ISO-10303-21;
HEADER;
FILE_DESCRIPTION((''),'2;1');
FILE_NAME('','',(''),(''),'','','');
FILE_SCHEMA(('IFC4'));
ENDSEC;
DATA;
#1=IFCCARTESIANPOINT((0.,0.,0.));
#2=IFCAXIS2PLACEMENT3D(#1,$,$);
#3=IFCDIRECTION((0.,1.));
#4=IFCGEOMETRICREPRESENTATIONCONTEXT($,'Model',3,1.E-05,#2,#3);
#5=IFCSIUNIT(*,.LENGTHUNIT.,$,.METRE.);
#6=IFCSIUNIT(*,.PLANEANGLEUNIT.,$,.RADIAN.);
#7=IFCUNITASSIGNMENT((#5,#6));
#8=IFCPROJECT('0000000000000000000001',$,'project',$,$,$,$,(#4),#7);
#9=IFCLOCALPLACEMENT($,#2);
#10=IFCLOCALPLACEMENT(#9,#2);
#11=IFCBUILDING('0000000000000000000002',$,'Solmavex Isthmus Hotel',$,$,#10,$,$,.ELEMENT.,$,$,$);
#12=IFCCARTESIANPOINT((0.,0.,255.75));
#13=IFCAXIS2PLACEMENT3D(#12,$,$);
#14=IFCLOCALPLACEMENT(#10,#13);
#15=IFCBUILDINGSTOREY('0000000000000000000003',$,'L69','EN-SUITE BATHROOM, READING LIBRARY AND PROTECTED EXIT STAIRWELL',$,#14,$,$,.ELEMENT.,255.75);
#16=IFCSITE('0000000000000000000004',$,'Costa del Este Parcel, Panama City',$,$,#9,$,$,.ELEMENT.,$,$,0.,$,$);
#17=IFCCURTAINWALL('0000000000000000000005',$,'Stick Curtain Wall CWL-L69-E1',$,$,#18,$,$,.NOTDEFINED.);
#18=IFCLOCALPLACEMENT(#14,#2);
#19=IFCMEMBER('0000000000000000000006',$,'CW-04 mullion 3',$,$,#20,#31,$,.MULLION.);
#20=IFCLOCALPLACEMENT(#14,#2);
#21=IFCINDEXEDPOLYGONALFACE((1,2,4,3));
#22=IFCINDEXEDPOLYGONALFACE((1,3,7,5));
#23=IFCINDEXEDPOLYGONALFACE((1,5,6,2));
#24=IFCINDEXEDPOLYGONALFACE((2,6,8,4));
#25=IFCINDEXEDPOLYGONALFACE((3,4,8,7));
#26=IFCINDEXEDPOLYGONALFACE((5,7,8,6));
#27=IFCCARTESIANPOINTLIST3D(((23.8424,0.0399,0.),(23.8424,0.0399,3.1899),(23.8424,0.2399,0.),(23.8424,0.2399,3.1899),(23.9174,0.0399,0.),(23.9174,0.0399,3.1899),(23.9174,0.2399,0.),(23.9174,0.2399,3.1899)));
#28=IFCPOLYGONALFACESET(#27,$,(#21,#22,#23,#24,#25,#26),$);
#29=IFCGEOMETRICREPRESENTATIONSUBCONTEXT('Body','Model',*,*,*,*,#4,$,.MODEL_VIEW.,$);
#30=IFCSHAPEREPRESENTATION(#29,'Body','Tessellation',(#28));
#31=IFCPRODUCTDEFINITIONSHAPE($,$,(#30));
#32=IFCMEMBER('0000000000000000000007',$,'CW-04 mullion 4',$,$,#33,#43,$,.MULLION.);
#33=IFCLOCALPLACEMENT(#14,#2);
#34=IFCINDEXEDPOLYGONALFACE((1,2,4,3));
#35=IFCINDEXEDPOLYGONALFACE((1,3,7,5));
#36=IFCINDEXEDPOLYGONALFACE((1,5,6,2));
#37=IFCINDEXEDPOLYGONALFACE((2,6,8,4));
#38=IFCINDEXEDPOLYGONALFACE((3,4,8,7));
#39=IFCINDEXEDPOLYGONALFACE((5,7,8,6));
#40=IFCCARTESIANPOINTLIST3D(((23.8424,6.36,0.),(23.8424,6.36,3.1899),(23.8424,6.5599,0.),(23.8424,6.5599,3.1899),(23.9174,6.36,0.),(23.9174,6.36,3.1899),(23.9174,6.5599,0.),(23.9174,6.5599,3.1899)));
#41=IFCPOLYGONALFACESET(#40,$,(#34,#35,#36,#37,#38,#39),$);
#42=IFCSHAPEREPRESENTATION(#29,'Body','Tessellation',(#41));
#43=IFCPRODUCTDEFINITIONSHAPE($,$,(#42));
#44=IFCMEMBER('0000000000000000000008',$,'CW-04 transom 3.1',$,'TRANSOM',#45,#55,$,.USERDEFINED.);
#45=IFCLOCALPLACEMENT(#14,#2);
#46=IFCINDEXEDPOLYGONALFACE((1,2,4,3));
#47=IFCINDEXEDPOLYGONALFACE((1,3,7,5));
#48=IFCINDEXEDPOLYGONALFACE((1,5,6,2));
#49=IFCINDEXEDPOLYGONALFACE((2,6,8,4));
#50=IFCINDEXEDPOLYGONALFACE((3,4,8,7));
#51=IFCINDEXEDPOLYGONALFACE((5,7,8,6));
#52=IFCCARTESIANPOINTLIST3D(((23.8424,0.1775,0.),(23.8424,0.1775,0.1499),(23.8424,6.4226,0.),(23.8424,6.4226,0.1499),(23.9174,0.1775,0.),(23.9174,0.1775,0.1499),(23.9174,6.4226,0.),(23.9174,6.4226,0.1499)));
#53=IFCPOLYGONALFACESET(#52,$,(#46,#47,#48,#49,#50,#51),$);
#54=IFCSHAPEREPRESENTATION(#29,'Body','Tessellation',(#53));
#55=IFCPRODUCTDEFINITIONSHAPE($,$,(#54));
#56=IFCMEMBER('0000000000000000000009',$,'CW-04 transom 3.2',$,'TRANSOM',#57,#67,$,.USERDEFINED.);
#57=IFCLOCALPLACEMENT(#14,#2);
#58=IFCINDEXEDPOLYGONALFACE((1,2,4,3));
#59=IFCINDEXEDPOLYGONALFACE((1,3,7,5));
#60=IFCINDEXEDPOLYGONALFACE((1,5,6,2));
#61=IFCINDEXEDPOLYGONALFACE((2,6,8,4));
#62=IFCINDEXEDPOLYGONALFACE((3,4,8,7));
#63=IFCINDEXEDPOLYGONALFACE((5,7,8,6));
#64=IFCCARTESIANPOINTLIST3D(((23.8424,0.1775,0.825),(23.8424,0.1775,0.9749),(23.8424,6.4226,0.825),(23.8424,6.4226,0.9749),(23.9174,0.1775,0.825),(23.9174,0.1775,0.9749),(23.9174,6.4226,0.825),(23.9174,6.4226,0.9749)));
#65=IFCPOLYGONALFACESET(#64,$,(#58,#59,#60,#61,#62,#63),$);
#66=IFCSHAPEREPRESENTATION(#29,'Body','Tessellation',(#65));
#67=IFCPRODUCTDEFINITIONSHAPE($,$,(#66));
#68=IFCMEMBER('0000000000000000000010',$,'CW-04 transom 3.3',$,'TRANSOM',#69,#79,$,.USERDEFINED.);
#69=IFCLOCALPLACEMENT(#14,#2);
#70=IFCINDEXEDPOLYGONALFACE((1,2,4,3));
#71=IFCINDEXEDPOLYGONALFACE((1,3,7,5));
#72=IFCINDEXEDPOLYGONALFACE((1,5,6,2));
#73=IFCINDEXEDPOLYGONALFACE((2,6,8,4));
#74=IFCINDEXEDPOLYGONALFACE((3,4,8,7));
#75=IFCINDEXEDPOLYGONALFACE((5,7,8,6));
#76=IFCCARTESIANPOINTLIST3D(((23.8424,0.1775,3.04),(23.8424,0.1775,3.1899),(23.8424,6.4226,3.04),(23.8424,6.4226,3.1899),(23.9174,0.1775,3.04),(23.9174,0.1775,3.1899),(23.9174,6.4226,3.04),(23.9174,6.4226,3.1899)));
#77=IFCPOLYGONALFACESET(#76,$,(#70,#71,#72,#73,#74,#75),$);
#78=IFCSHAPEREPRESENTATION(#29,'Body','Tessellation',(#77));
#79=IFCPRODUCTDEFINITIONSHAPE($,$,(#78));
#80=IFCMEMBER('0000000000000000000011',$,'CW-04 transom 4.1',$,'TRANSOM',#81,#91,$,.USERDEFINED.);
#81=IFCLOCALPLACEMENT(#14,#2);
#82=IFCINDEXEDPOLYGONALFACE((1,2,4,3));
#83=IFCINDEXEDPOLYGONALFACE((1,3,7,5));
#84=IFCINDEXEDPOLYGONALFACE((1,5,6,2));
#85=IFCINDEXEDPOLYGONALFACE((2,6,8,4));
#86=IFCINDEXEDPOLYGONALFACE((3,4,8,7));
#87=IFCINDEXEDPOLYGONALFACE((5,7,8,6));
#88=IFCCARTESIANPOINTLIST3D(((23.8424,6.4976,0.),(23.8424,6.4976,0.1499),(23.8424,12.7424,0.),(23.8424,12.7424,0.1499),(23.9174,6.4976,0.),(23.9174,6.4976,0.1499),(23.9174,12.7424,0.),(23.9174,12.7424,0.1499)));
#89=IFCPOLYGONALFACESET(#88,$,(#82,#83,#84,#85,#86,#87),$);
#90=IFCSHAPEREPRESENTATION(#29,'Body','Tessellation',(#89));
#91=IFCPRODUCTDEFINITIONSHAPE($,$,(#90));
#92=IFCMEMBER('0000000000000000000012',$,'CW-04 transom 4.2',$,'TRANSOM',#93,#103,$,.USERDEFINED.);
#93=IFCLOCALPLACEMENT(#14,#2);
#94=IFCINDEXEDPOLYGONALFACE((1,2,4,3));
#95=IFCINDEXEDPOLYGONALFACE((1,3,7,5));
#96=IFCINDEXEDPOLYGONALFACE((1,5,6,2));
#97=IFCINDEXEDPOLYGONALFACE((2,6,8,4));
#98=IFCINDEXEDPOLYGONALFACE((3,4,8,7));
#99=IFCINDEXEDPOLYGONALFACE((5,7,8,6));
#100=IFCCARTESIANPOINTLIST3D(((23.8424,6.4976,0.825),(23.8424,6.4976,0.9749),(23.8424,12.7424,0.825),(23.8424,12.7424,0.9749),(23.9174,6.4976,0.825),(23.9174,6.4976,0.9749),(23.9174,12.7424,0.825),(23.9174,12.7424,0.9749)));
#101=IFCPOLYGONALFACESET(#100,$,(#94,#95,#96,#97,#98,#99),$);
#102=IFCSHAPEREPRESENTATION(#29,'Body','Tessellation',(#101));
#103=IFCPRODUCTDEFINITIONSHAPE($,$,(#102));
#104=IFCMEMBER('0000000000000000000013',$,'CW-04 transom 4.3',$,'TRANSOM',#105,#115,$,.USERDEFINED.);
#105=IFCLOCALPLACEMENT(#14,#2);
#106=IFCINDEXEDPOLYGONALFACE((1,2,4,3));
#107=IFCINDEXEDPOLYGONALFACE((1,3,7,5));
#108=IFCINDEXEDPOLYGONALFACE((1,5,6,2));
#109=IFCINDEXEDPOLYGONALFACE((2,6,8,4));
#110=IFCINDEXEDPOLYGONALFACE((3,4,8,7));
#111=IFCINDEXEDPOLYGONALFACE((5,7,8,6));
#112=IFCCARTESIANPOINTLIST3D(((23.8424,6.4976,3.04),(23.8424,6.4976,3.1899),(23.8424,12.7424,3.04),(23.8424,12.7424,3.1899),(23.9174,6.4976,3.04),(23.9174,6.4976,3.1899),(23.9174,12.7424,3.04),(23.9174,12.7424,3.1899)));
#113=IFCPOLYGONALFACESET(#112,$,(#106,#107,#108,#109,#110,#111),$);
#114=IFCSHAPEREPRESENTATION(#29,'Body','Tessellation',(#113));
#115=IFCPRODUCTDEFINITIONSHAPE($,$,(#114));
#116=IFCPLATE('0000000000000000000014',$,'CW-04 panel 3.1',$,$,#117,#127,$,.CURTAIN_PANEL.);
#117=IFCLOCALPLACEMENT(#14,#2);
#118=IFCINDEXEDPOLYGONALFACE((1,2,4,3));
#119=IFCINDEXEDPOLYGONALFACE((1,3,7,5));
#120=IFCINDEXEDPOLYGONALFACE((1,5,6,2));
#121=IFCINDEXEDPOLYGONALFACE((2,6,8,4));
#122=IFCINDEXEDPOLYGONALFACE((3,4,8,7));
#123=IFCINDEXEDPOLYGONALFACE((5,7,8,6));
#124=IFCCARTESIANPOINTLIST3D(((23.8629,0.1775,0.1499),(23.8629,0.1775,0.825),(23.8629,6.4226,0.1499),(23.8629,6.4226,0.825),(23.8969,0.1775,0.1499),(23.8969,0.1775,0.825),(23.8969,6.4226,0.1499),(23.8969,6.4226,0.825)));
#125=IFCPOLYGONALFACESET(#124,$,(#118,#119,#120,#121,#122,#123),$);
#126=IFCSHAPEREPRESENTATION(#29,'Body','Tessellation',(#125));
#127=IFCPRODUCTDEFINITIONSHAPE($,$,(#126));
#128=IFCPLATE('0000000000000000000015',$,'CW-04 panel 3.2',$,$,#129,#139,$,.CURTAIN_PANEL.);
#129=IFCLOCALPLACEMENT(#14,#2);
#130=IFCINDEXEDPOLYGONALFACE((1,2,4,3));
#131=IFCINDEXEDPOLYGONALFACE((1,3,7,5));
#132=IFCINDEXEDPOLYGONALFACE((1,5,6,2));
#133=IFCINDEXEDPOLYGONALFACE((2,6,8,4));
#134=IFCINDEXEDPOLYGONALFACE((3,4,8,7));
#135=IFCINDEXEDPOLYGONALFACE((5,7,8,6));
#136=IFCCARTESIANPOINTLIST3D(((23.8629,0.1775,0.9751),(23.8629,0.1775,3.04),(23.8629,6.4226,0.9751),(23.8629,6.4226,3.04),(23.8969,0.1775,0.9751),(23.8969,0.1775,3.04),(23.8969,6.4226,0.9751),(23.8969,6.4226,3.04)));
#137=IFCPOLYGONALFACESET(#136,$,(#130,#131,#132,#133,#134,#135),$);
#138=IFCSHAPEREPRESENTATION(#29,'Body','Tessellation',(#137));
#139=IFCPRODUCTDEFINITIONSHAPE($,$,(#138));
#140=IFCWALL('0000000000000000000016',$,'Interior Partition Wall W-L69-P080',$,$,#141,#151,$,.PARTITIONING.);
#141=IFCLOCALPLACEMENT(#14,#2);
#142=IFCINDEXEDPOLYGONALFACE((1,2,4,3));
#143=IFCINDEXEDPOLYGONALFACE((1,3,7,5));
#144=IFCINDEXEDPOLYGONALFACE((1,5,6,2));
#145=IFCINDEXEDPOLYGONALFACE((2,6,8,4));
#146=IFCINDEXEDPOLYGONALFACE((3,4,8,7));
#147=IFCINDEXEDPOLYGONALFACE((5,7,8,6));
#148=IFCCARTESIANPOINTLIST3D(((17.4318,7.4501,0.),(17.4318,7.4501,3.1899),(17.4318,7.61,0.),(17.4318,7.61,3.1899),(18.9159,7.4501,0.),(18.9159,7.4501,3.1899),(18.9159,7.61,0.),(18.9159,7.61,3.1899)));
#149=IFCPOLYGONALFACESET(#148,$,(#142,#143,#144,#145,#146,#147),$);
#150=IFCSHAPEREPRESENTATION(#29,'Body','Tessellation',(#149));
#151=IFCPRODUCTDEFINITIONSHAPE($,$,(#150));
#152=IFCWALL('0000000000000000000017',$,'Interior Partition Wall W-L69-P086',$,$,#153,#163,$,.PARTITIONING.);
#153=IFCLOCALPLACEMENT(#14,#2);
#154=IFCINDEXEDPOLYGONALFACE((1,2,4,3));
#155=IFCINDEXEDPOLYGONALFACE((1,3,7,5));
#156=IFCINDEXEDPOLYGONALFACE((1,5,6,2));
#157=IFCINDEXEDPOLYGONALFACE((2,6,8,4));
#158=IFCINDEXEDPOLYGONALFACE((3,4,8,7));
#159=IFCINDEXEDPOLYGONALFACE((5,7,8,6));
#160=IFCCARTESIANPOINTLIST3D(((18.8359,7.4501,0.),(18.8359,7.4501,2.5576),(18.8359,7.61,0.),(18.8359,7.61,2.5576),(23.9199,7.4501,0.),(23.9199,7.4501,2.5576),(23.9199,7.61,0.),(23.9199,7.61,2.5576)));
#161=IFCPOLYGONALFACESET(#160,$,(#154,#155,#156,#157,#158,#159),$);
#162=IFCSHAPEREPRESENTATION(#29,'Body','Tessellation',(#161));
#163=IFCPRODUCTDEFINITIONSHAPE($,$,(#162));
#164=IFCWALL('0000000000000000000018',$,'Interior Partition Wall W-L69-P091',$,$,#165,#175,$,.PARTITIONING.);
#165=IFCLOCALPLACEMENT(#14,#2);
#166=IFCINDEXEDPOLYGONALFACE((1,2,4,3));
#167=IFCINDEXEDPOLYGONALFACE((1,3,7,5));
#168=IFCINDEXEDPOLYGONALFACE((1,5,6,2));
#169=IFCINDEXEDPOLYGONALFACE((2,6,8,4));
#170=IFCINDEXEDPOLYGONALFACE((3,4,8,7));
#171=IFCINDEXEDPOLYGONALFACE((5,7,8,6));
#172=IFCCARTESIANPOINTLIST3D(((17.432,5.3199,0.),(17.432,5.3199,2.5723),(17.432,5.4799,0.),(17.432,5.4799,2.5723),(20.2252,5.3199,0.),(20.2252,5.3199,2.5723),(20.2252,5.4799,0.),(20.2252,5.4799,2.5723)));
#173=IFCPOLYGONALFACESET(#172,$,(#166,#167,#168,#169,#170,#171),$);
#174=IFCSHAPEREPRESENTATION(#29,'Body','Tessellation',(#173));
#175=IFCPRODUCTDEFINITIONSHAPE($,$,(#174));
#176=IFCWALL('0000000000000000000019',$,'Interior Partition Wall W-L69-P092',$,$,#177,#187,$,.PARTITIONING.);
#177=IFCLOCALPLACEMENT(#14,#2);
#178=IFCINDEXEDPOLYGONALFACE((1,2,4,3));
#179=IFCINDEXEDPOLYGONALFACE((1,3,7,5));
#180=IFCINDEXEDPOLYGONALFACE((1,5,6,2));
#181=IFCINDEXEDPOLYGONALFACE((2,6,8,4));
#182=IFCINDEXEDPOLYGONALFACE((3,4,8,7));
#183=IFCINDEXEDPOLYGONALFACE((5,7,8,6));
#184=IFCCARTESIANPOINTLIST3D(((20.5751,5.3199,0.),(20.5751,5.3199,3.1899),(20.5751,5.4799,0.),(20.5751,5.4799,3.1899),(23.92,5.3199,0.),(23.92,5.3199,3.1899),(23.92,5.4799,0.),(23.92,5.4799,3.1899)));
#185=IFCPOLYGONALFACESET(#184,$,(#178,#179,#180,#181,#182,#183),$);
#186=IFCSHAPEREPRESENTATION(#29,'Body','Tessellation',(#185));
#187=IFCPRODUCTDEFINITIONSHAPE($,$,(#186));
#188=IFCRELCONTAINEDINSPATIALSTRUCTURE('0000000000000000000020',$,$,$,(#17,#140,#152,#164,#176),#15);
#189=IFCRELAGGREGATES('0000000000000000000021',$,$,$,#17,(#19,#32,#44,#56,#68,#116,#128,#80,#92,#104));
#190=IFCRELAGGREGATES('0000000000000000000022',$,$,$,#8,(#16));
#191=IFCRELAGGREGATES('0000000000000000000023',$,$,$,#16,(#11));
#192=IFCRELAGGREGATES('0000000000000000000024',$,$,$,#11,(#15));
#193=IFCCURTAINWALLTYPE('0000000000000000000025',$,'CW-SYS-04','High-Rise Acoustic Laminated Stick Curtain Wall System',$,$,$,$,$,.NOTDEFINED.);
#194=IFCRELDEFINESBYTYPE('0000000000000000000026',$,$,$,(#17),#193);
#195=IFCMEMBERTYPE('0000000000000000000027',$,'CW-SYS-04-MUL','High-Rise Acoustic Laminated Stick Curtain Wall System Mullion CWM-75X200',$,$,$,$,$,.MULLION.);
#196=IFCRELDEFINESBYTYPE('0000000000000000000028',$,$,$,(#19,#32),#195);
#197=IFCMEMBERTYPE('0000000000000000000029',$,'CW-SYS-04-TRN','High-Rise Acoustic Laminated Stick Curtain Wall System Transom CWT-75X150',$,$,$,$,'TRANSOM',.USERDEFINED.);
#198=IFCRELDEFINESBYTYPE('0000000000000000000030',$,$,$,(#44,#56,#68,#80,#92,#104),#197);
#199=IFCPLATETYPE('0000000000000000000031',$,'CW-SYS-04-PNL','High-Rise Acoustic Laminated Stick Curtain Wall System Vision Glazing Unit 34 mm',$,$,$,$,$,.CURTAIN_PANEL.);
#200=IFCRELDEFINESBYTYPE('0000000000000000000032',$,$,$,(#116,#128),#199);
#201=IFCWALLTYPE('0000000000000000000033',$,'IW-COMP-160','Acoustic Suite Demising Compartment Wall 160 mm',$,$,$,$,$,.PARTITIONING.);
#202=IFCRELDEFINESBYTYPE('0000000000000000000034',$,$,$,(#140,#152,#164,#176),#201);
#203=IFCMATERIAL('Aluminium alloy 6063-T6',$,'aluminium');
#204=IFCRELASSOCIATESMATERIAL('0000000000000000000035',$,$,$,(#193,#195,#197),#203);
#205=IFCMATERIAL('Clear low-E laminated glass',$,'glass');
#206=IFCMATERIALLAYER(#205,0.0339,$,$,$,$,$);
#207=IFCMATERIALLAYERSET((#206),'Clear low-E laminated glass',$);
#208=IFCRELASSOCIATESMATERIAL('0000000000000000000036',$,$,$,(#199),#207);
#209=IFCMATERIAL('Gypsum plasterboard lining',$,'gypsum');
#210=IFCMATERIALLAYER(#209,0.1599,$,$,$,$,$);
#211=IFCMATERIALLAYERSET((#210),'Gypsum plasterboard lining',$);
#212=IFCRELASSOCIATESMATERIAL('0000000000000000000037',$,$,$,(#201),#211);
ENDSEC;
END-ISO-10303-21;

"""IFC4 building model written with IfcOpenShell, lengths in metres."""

from ifc_helpers import new_model, si_unit, direction, frame, frame_2d, origin, origin_2d, place, context, subcontext, project, spatial, rectangle, extrude, material, layer, layer_set, material_profile, profile_set, type_object, element, aggregate, save


model = new_model("IFC4")

# Units and contexts
model_context = context("Model", 3, precision=1e-05, world=origin(), true_north=direction((0.0, 1.0)))
body_context = subcontext(model_context, "Body", "Model", "MODEL_VIEW")
ifc_project = project(units=[si_unit("LENGTHUNIT", "METRE"), si_unit("PLANEANGLEUNIT", "RADIAN")], contexts=[model_context])

# Site, building, storey
site_placement = place(None, origin())
site = spatial("IfcSite", under=ifc_project, at=site_placement, Name="Costa del Este Parcel, Panama City", CompositionType="ELEMENT", RefElevation=0.0)
building_placement = place(site_placement, origin())
building = spatial("IfcBuilding", under=site, at=building_placement, Name="Solmavex Isthmus Hotel", CompositionType="ELEMENT")
storey_placement = place(building_placement, frame((0.0, 0.0, 255.75)))
storey = spatial("IfcBuildingStorey", under=building, at=storey_placement, Name="L69", Description="EN-SUITE BATHROOM, READING LIBRARY AND PROTECTED EXIT STAIRWELL", CompositionType="ELEMENT", Elevation=255.75)

# Curtain wall, members, plates
ifc_material_1 = material(Name="Aluminium alloy 6063-T6", Category="aluminium")
curtain_wall_type = type_object("IfcCurtainWallType", Name="CW-SYS-04", Description="High-Rise Acoustic Laminated Stick Curtain Wall System", PredefinedType="NOTDEFINED", material=ifc_material_1)
curtain_wall_placement = place(storey_placement, origin())
curtain_wall = element("IfcCurtainWall", 1, at=curtain_wall_placement, inside=storey, type_object=curtain_wall_type, Name="Stick Curtain Wall CWL-L69-E1", PredefinedType="NOTDEFINED")
ifc_material_profile_1 = material_profile(ifc_material_1, rectangle(XDim=0.075, YDim=0.2, at=origin_2d()), Name="CWM-75X200")
ifc_profile_set_1 = profile_set([ifc_material_profile_1], Name="Aluminium alloy 6063-T6")
member_type_1 = type_object("IfcMemberType", Name="CW-SYS-04-MUL", Description="High-Rise Acoustic Laminated Stick Curtain Wall System Mullion CWM-75X200", PredefinedType="MULLION", material=ifc_profile_set_1)
member_1_placement = place(storey_placement, frame((23.8799, 0.1399, 0.0), z_axis=(0.0, 0.0, 1.0), x_axis=(-1.0, 0.0, 0.0)))
member_1 = element("IfcMember", 2, at=member_1_placement, type_object=member_type_1, Name="CW-04 mullion 3", PredefinedType="MULLION", context=body_context, shape_type="SweptSolid", body=[
    extrude(rectangle(XDim=0.075, YDim=0.2, at=origin_2d()), origin(), (0.0, 0.0, 1.0), 3.1899),
])
member_2_placement = place(storey_placement, frame((23.8799, 6.46, 0.0), z_axis=(0.0, 0.0, 1.0), x_axis=(-1.0, 0.0, 0.0)))
member_2 = element("IfcMember", 3, at=member_2_placement, type_object=member_type_1, Name="CW-04 mullion 4", PredefinedType="MULLION", context=body_context, shape_type="SweptSolid", body=[
    extrude(rectangle(XDim=0.075, YDim=0.2, at=origin_2d()), origin(), (0.0, 0.0, 1.0), 3.1899),
])
ifc_material_profile_2 = material_profile(ifc_material_1, rectangle(XDim=0.075, YDim=0.1499, at=origin_2d()), Name="CWT-75X150")
ifc_profile_set_2 = profile_set([ifc_material_profile_2], Name="Aluminium alloy 6063-T6")
member_type_2 = type_object("IfcMemberType", Name="CW-SYS-04-TRN", Description="High-Rise Acoustic Laminated Stick Curtain Wall System Transom CWT-75X150", ElementType="TRANSOM", PredefinedType="USERDEFINED", material=ifc_profile_set_2)
member_3_placement = place(storey_placement, frame((23.8799, 0.1775, 0.075), z_axis=(0.0, 1.0, 0.0), x_axis=(-1.0, 0.0, 0.0)))
member_3 = element("IfcMember", 4, at=member_3_placement, type_object=member_type_2, Name="CW-04 transom 3.1", ObjectType="TRANSOM", PredefinedType="USERDEFINED", context=body_context, shape_type="SweptSolid", body=[
    extrude(rectangle(XDim=0.075, YDim=0.1499, at=origin_2d()), origin(), (0.0, 0.0, 1.0), 6.2451),
])
member_4_placement = place(storey_placement, frame((23.8799, 0.1775, 0.8999), z_axis=(0.0, 1.0, 0.0), x_axis=(-1.0, 0.0, 0.0)))
member_4 = element("IfcMember", 5, at=member_4_placement, type_object=member_type_2, Name="CW-04 transom 3.2", ObjectType="TRANSOM", PredefinedType="USERDEFINED", context=body_context, shape_type="SweptSolid", body=[
    extrude(rectangle(XDim=0.075, YDim=0.1499, at=origin_2d()), origin(), (0.0, 0.0, 1.0), 6.2451),
])
member_5_placement = place(storey_placement, frame((23.8799, 0.1775, 3.115), z_axis=(0.0, 1.0, 0.0), x_axis=(-1.0, 0.0, 0.0)))
member_5 = element("IfcMember", 6, at=member_5_placement, type_object=member_type_2, Name="CW-04 transom 3.3", ObjectType="TRANSOM", PredefinedType="USERDEFINED", context=body_context, shape_type="SweptSolid", body=[
    extrude(rectangle(XDim=0.075, YDim=0.1499, at=origin_2d()), origin(), (0.0, 0.0, 1.0), 6.2451),
])
member_6_placement = place(storey_placement, frame((23.8799, 6.4976, 0.075), z_axis=(0.0, 1.0, 0.0), x_axis=(-1.0, 0.0, 0.0)))
member_6 = element("IfcMember", 7, at=member_6_placement, type_object=member_type_2, Name="CW-04 transom 4.1", ObjectType="TRANSOM", PredefinedType="USERDEFINED", context=body_context, shape_type="SweptSolid", body=[
    extrude(rectangle(XDim=0.075, YDim=0.1499, at=origin_2d()), origin(), (0.0, 0.0, 1.0), 6.2449),
])
member_7_placement = place(storey_placement, frame((23.8799, 6.4976, 0.8999), z_axis=(0.0, 1.0, 0.0), x_axis=(-1.0, 0.0, 0.0)))
member_7 = element("IfcMember", 8, at=member_7_placement, type_object=member_type_2, Name="CW-04 transom 4.2", ObjectType="TRANSOM", PredefinedType="USERDEFINED", context=body_context, shape_type="SweptSolid", body=[
    extrude(rectangle(XDim=0.075, YDim=0.1499, at=origin_2d()), origin(), (0.0, 0.0, 1.0), 6.2449),
])
member_8_placement = place(storey_placement, frame((23.8799, 6.4976, 3.115), z_axis=(0.0, 1.0, 0.0), x_axis=(-1.0, 0.0, 0.0)))
member_8 = element("IfcMember", 9, at=member_8_placement, type_object=member_type_2, Name="CW-04 transom 4.3", ObjectType="TRANSOM", PredefinedType="USERDEFINED", context=body_context, shape_type="SweptSolid", body=[
    extrude(rectangle(XDim=0.075, YDim=0.1499, at=origin_2d()), origin(), (0.0, 0.0, 1.0), 6.2449),
])
ifc_material_2 = material(Name="Clear low-E laminated glass", Category="glass")
ifc_layer_1 = layer(ifc_material_2, 0.0339)
ifc_layer_set_1 = layer_set([ifc_layer_1], Name="Clear low-E laminated glass")
plate_type = type_object("IfcPlateType", Name="CW-SYS-04-PNL", Description="High-Rise Acoustic Laminated Stick Curtain Wall System Vision Glazing Unit 34 mm", PredefinedType="CURTAIN_PANEL", material=ifc_layer_set_1)
plate_1_placement = place(storey_placement, frame((23.8799, 3.3, 0.1499), z_axis=(0.0, 0.0, 1.0), x_axis=(0.0, 1.0, 0.0)))
plate_1 = element("IfcPlate", 10, at=plate_1_placement, type_object=plate_type, Name="CW-04 panel 3.1", PredefinedType="CURTAIN_PANEL", context=body_context, shape_type="SweptSolid", body=[
    extrude(rectangle(XDim=6.2451, YDim=0.0339, at=origin_2d()), origin(), (0.0, 0.0, 1.0), 0.675),
])
plate_2_placement = place(storey_placement, frame((23.8799, 3.3, 0.9751), z_axis=(0.0, 0.0, 1.0), x_axis=(0.0, 1.0, 0.0)))
plate_2 = element("IfcPlate", 11, at=plate_2_placement, type_object=plate_type, Name="CW-04 panel 3.2", PredefinedType="CURTAIN_PANEL", context=body_context, shape_type="SweptSolid", body=[
    extrude(rectangle(XDim=6.2451, YDim=0.0339, at=origin_2d()), origin(), (0.0, 0.0, 1.0), 2.0649),
])
aggregate(curtain_wall, [member_1, member_2, member_3, member_4, member_5, plate_1, plate_2, member_6, member_7, member_8])

# Walls
ifc_material_3 = material(Name="Gypsum plasterboard lining", Category="gypsum")
ifc_layer_2 = layer(ifc_material_3, 0.1599)
ifc_layer_set_2 = layer_set([ifc_layer_2], Name="Gypsum plasterboard lining")
wall_type_1 = type_object("IfcWallType", Name="IW-COMP-160", Description="Acoustic Suite Demising Compartment Wall 160 mm", PredefinedType="PARTITIONING", material=ifc_layer_set_2)
wall_1_placement = place(storey_placement, frame((18.916, 7.53, 0.0), z_axis=(0.0, 0.0, 1.0), x_axis=(-1.0, 0.0, 0.0)))
element("IfcWall", 12, at=wall_1_placement, inside=storey, type_object=wall_type_1, Name="Interior Partition Wall W-L69-P080", PredefinedType="PARTITIONING", context=body_context, shape_type="SweptSolid", body=[
    extrude(rectangle(XDim=1.4841, YDim=0.1599, at=frame_2d((0.7422, 0.0))), origin(), (0.0, 0.0, 1.0), 3.1899),
])
wall_2_placement = place(storey_placement, frame((23.9199, 7.53, 0.0), z_axis=(0.0, 0.0, 1.0), x_axis=(-1.0, 0.0, 0.0)))
element("IfcWall", 13, at=wall_2_placement, inside=storey, type_object=wall_type_1, Name="Interior Partition Wall W-L69-P086", PredefinedType="PARTITIONING", context=body_context, shape_type="SweptSolid", body=[
    extrude(rectangle(XDim=5.084, YDim=0.1599, at=frame_2d((2.542, 0.0))), origin(), (0.0, 0.0, 1.0), 2.5576),
])
wall_3_placement = place(storey_placement, frame((20.2251, 5.3999, 0.0), z_axis=(0.0, 0.0, 1.0), x_axis=(-1.0, 0.0, 0.0)))
element("IfcWall", 14, at=wall_3_placement, inside=storey, type_object=wall_type_1, Name="Interior Partition Wall W-L69-P091", PredefinedType="PARTITIONING", context=body_context, shape_type="SweptSolid", body=[
    extrude(rectangle(XDim=2.7932, YDim=0.1599, at=frame_2d((1.3965, 0.0))), origin(), (0.0, 0.0, 1.0), 2.5723),
])
wall_4_placement = place(storey_placement, frame((23.9199, 5.3999, 0.0), z_axis=(0.0, 0.0, 1.0), x_axis=(-1.0, 0.0, 0.0)))
element("IfcWall", 15, at=wall_4_placement, inside=storey, type_object=wall_type_1, Name="Interior Partition Wall W-L69-P092", PredefinedType="PARTITIONING", context=body_context, shape_type="SweptSolid", body=[
    extrude(rectangle(XDim=3.345, YDim=0.1599, at=frame_2d((1.6724, 0.0))), origin(), (0.0, 0.0, 1.0), 3.1899),
])

save(model, "model.ifc")
